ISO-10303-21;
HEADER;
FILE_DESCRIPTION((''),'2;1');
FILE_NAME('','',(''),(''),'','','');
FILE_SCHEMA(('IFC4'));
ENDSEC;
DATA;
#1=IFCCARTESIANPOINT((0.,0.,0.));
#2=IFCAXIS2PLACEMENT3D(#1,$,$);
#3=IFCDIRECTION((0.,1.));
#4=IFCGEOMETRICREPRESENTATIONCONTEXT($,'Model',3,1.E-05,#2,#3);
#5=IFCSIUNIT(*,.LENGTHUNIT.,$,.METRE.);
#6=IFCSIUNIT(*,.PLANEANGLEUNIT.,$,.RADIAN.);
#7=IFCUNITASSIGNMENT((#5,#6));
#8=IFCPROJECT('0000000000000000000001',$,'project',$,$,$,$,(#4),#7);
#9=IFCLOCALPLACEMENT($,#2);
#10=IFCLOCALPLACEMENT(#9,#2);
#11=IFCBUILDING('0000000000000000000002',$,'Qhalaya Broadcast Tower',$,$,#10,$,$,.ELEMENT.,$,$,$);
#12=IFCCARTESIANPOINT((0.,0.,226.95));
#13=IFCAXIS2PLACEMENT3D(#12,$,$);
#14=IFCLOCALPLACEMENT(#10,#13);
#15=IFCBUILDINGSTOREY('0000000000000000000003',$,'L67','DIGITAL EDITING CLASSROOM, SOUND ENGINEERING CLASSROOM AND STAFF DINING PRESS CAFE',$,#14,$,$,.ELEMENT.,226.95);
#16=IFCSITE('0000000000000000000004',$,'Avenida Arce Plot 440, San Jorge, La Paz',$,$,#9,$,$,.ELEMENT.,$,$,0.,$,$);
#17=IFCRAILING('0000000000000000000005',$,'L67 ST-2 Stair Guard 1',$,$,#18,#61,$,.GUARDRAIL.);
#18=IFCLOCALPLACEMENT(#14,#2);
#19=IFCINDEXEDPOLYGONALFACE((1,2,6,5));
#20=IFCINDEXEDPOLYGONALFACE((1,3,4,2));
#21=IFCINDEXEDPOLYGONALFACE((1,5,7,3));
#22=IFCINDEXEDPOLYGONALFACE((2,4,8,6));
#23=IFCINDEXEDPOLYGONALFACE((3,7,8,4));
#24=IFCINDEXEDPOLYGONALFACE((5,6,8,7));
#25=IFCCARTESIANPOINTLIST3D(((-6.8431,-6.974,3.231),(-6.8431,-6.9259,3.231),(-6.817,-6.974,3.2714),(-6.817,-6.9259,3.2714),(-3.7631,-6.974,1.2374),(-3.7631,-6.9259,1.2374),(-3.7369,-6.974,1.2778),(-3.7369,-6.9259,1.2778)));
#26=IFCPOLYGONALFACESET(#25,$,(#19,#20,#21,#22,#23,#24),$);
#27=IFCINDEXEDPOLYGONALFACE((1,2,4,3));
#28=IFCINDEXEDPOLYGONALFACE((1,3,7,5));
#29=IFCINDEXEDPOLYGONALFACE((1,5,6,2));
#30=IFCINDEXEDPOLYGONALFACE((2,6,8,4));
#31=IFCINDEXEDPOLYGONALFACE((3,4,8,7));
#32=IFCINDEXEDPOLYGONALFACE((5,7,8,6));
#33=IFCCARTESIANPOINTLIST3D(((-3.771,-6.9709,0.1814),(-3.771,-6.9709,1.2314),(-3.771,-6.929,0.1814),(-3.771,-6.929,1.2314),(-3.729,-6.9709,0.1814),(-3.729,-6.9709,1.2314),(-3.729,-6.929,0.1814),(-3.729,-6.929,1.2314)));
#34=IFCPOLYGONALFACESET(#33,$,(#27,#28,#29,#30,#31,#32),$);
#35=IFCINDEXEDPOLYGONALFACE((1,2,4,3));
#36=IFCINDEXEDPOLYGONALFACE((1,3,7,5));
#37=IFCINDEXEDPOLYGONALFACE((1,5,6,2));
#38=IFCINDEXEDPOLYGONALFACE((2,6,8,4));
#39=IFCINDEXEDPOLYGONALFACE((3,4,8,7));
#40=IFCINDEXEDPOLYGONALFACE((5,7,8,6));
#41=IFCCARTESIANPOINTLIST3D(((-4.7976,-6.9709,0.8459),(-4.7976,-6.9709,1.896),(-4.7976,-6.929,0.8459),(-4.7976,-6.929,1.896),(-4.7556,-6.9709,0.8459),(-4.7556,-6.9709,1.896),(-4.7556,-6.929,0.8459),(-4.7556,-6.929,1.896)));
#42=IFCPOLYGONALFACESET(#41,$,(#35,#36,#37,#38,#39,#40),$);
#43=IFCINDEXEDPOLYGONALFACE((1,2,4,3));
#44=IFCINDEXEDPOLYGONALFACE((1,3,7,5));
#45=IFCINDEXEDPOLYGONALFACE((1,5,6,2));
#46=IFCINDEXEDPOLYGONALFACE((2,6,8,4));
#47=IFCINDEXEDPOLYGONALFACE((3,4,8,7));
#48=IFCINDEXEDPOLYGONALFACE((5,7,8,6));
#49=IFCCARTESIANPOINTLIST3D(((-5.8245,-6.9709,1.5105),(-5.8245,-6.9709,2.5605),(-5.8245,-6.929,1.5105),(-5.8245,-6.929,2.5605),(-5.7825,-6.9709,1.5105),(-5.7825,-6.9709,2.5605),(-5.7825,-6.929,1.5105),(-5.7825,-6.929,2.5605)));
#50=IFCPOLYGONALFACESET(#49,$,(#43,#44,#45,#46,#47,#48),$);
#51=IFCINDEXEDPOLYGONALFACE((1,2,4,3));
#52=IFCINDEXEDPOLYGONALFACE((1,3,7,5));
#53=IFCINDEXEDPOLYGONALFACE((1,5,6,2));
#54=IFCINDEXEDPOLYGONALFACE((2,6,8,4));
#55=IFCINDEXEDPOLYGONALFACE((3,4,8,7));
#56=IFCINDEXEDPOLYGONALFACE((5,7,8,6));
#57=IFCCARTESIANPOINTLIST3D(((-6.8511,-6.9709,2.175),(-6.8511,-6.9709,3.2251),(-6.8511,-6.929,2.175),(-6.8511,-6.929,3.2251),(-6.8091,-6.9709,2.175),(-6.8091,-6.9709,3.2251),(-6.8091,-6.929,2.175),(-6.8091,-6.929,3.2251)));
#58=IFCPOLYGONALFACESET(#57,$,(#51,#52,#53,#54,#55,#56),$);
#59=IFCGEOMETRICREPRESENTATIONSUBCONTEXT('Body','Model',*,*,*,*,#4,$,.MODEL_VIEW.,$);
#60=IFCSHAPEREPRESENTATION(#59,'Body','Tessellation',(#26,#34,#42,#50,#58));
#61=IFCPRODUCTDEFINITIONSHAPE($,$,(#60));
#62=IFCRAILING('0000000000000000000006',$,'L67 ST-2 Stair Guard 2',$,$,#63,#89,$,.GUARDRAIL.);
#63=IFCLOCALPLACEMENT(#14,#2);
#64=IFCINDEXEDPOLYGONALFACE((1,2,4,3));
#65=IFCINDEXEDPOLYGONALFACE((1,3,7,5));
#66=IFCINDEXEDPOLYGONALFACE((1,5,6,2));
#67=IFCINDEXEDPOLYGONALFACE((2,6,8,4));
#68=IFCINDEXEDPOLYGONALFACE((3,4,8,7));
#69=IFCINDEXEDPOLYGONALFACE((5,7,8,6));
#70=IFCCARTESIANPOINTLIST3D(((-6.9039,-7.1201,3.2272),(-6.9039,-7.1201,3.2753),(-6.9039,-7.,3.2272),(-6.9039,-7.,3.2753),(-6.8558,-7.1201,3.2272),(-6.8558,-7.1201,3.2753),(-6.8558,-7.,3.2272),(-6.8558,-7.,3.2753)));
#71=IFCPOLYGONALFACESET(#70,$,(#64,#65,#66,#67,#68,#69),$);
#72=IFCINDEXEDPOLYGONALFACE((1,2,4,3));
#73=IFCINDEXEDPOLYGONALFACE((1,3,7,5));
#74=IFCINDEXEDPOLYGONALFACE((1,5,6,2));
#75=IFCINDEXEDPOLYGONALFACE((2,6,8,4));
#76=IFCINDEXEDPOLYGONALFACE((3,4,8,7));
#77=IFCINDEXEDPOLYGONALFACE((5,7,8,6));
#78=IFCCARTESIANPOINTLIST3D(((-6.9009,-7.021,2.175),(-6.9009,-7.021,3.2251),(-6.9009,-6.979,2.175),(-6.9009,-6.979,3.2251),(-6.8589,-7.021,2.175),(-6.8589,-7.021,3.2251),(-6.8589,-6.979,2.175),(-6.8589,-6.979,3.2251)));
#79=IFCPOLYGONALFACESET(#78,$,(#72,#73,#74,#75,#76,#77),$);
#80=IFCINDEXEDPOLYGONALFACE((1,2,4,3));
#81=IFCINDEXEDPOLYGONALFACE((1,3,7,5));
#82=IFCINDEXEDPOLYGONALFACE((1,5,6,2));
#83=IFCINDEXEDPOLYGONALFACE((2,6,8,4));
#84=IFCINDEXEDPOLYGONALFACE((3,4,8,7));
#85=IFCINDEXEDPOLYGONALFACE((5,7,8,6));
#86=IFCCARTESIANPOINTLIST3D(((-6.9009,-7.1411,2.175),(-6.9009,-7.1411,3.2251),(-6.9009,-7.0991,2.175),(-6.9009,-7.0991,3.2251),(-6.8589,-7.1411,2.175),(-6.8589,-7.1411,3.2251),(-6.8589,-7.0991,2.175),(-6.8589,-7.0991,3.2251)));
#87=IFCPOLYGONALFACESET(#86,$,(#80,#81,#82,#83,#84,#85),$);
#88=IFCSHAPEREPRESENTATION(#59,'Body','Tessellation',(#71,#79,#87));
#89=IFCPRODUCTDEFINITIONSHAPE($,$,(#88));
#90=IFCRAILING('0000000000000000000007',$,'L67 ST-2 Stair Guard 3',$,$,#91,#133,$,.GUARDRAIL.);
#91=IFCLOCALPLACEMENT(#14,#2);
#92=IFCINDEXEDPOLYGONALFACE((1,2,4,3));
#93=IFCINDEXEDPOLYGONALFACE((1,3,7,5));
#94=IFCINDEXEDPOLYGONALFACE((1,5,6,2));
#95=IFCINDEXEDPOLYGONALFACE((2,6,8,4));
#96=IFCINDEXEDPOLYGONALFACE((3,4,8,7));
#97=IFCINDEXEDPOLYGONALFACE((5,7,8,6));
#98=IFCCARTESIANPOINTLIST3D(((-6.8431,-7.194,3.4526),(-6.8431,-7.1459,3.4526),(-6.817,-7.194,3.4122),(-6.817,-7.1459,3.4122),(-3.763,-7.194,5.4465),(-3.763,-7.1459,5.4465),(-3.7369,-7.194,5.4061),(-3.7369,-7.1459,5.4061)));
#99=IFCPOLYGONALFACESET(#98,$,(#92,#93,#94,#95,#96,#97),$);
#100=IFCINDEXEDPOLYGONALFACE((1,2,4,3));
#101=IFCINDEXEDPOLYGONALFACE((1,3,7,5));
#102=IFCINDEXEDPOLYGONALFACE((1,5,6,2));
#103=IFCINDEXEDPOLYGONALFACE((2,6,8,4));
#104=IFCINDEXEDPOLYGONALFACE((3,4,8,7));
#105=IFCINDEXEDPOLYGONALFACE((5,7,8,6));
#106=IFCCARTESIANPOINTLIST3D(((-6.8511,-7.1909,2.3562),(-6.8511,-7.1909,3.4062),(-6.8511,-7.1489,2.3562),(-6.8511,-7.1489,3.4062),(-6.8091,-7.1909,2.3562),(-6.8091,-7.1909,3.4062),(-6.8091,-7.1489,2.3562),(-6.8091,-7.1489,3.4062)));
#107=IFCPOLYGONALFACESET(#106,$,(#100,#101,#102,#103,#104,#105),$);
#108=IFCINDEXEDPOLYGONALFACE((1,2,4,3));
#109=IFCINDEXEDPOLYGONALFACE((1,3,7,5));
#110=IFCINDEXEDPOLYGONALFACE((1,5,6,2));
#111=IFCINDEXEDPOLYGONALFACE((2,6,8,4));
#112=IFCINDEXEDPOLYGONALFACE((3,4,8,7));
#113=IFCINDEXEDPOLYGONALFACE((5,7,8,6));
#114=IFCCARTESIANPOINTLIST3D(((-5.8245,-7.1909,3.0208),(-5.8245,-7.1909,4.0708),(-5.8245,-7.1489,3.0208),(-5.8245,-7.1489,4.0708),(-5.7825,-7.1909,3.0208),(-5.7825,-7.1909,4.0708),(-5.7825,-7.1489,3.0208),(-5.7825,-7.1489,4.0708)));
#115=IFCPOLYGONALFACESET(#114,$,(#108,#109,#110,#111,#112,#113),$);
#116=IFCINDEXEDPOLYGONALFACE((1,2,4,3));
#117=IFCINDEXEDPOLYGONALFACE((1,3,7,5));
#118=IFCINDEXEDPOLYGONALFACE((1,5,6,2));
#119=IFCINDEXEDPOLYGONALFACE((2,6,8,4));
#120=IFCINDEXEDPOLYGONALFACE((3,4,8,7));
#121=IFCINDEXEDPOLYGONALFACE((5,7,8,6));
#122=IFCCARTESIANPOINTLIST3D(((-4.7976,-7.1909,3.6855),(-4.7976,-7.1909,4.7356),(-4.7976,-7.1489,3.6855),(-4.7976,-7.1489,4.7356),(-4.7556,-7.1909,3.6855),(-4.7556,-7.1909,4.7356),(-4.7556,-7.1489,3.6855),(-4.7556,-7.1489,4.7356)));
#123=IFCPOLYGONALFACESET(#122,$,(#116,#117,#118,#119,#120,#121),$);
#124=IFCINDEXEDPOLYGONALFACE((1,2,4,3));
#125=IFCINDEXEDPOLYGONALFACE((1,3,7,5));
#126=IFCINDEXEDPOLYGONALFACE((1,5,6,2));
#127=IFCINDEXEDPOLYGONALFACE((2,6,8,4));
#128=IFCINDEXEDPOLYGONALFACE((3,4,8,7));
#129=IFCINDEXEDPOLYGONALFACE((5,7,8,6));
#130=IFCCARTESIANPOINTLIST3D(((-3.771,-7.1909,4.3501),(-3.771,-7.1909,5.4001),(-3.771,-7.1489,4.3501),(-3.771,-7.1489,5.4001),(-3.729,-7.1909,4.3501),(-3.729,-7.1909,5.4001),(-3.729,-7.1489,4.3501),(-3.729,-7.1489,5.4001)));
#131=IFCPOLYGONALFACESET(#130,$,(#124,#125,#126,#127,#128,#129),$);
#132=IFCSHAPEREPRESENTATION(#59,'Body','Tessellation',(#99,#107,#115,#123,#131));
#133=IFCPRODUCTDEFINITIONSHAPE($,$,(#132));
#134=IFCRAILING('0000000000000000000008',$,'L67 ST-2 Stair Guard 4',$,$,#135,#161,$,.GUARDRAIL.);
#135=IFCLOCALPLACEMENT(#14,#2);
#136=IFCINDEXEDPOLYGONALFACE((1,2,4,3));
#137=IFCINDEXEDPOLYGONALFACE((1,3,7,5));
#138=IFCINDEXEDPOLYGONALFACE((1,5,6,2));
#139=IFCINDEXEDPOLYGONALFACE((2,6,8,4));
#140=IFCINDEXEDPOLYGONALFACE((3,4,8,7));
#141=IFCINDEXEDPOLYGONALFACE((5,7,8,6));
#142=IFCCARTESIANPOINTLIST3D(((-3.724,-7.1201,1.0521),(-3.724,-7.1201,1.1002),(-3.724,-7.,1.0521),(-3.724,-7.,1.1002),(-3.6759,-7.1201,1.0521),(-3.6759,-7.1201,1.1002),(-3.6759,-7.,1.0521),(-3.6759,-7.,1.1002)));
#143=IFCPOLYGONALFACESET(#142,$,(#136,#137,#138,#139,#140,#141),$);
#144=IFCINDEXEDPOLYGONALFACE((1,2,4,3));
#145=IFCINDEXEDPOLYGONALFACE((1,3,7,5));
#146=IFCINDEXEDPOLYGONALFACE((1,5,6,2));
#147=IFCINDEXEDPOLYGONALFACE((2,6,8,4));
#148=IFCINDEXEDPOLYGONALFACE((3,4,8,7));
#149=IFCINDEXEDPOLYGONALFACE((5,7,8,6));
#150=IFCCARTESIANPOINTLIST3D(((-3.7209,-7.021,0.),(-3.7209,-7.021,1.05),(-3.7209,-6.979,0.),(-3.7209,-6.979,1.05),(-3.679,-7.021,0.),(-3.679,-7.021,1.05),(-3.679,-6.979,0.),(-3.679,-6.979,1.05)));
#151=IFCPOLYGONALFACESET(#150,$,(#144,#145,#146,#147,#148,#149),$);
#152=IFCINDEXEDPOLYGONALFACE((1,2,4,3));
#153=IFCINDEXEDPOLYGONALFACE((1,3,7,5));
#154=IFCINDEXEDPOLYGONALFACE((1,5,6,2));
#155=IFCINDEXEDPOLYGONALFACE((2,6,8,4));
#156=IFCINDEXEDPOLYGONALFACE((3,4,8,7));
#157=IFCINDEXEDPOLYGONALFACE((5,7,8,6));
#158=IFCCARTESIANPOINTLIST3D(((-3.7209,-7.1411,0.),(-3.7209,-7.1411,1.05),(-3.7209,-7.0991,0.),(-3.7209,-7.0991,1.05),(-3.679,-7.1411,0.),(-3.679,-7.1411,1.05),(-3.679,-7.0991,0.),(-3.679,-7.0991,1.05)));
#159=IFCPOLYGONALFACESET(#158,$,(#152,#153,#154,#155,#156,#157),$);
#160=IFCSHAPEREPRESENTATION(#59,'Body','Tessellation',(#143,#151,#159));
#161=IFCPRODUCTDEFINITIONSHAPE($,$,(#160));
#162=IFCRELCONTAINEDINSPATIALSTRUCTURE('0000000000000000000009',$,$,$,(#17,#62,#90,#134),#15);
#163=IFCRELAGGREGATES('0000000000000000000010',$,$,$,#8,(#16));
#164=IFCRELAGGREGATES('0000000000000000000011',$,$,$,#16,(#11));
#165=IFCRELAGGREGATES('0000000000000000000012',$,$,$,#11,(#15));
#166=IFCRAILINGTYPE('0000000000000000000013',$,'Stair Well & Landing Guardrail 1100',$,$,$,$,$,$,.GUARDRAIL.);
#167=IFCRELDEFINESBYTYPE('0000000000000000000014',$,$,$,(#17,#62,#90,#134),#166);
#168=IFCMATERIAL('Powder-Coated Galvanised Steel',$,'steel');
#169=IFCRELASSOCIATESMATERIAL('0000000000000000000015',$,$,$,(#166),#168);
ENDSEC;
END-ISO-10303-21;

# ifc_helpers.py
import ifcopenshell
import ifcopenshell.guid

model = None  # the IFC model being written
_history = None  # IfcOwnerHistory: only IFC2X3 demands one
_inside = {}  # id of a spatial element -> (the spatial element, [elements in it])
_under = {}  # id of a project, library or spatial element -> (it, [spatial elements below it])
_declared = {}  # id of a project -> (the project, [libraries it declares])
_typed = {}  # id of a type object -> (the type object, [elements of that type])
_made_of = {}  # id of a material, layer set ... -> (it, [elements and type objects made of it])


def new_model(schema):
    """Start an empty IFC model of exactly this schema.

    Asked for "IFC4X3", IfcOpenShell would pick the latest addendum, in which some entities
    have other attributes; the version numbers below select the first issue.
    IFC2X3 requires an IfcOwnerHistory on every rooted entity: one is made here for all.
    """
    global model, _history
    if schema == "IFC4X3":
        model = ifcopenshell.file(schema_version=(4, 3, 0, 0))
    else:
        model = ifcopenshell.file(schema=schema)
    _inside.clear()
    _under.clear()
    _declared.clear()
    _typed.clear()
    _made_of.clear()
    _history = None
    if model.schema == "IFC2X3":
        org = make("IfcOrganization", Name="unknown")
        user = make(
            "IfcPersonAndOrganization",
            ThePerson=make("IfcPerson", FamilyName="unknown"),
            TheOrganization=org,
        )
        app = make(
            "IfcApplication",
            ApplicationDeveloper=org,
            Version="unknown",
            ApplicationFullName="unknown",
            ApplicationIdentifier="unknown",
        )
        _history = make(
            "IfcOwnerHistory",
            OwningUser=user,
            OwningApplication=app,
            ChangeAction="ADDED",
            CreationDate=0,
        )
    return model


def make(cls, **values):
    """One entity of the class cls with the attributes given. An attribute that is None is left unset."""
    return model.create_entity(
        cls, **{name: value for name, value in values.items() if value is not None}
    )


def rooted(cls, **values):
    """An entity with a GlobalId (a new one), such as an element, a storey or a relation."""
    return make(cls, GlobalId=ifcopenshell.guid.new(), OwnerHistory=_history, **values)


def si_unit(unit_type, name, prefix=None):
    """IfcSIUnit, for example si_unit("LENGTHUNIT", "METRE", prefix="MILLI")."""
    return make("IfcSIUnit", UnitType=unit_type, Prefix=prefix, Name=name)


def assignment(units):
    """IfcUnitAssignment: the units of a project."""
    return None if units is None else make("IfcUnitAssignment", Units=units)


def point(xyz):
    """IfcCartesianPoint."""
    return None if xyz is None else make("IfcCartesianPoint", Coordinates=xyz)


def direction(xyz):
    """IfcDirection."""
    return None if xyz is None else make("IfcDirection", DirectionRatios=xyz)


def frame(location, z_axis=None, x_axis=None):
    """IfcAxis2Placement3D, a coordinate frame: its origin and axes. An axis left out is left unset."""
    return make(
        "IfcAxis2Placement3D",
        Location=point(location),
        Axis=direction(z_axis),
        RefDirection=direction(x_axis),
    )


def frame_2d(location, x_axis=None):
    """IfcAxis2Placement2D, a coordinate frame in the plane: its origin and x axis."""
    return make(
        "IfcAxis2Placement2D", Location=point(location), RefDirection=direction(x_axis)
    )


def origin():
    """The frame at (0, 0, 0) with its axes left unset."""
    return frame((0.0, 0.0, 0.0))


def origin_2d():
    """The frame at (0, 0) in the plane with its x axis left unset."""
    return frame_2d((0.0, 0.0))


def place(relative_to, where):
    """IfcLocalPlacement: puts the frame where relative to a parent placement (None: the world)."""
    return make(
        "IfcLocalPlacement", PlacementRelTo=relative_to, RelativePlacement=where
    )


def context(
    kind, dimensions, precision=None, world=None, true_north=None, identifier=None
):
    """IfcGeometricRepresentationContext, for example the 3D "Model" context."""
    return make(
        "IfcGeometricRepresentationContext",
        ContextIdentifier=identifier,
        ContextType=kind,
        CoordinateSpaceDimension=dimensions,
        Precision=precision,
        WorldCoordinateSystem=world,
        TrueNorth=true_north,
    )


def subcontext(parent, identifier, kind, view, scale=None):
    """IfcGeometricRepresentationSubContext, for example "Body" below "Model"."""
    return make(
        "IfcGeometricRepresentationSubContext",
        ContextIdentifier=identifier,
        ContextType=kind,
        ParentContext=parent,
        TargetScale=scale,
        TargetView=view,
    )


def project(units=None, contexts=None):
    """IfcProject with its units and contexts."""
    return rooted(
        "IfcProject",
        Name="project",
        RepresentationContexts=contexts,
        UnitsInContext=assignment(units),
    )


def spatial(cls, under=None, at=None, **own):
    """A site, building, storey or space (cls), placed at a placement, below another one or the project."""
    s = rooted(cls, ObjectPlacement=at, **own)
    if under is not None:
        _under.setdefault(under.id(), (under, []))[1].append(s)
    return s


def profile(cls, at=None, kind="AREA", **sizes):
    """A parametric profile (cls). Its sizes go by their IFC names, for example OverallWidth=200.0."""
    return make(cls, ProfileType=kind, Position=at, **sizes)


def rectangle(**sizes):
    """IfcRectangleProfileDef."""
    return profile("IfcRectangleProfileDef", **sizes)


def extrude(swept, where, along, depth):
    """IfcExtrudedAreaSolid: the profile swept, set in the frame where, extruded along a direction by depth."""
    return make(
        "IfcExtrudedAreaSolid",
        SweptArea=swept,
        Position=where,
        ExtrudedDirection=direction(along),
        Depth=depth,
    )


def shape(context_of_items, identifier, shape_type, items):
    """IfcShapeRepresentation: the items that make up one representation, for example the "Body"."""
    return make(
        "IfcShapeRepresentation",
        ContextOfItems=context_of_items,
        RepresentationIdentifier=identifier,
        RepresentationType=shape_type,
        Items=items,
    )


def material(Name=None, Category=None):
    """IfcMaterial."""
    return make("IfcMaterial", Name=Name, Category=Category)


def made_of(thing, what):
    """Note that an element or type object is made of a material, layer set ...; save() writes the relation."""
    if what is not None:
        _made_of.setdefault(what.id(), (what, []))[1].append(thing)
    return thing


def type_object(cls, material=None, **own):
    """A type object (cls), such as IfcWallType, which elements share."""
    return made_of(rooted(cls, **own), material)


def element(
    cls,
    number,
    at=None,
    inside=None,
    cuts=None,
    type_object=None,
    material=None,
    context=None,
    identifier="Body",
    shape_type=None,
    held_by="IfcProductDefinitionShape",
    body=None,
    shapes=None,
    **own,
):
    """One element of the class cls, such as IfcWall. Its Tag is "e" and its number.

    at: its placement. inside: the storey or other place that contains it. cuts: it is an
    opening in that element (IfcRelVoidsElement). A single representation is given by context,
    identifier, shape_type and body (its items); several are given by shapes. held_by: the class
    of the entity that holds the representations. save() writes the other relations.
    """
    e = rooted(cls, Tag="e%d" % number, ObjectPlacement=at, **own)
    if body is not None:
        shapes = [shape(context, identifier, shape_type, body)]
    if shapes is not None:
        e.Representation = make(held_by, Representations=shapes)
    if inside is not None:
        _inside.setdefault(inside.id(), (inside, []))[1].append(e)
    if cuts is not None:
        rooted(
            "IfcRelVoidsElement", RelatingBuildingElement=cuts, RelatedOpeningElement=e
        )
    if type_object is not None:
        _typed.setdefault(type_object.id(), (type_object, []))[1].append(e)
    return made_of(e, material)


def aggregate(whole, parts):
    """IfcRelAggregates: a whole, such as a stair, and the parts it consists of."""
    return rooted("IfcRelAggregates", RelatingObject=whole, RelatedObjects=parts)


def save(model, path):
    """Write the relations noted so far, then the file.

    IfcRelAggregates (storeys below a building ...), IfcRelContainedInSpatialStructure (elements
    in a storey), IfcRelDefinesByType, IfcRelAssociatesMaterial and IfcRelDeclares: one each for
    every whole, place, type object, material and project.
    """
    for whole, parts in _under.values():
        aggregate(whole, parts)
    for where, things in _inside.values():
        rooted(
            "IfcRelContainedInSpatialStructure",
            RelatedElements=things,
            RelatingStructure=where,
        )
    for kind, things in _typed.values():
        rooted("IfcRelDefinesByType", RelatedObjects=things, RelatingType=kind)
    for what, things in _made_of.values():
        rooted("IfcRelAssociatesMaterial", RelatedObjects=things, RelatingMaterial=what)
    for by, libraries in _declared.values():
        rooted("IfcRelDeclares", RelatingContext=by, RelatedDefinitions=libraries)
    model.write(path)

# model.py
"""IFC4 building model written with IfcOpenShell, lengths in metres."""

from ifc_helpers import new_model, si_unit, direction, frame, origin, origin_2d, place, context, subcontext, project, spatial, rectangle, extrude, material, type_object, element, save


model = new_model("IFC4")

# Units and contexts
model_context = context("Model", 3, precision=1e-05, world=origin(), true_north=direction((0.0, 1.0)))
body_context = subcontext(model_context, "Body", "Model", "MODEL_VIEW")
ifc_project = project(units=[si_unit("LENGTHUNIT", "METRE"), si_unit("PLANEANGLEUNIT", "RADIAN")], contexts=[model_context])

# Site, building, storey
site_placement = place(None, origin())
site = spatial("IfcSite", under=ifc_project, at=site_placement, Name="Avenida Arce Plot 440, San Jorge, La Paz", CompositionType="ELEMENT", RefElevation=0.0)
building_placement = place(site_placement, origin())
building = spatial("IfcBuilding", under=site, at=building_placement, Name="Qhalaya Broadcast Tower", CompositionType="ELEMENT")
storey_placement = place(building_placement, frame((0.0, 0.0, 226.95)))
storey = spatial("IfcBuildingStorey", under=building, at=storey_placement, Name="L67", Description="DIGITAL EDITING CLASSROOM, SOUND ENGINEERING CLASSROOM AND STAFF DINING PRESS CAFE", CompositionType="ELEMENT", Elevation=226.95)

# Railings
ifc_material_1 = material(Name="Powder-Coated Galvanised Steel", Category="steel")
railing_type_1 = type_object("IfcRailingType", Name="Stair Well & Landing Guardrail 1100", PredefinedType="GUARDRAIL", material=ifc_material_1)
railing_1_placement = place(storey_placement, frame((-3.75, -6.95, 0.1814)))
element("IfcRailing", 1, at=railing_1_placement, inside=storey, type_object=railing_type_1, Name="L67 ST-2 Stair Guard 1", PredefinedType="GUARDRAIL", context=body_context, shape_type="SweptSolid", body=[
    extrude(rectangle(XDim=0.0481, YDim=0.0481, at=origin_2d()), frame((0.0, 0.0, 1.0762), z_axis=(-0.839488, 0.0, 0.543378), x_axis=(0.0, -1.0, 0.0)), (0.0, 0.0, 1.0), 3.6689),
    extrude(rectangle(XDim=0.042, YDim=0.042, at=origin_2d()), origin(), (0.0, 0.0, 1.0), 1.05),
    extrude(rectangle(XDim=0.042, YDim=0.042, at=origin_2d()), frame((-1.0266, 0.0, 0.6646)), (0.0, 0.0, 1.0), 1.05),
    extrude(rectangle(XDim=0.042, YDim=0.042, at=origin_2d()), frame((-2.0535, 0.0, 1.3291)), (0.0, 0.0, 1.0), 1.05),
    extrude(rectangle(XDim=0.042, YDim=0.042, at=origin_2d()), frame((-3.0801, 0.0, 1.9937)), (0.0, 0.0, 1.0), 1.05),
])
railing_2_placement = place(storey_placement, frame((-6.8799, -7.0, 2.175)))
element("IfcRailing", 2, at=railing_2_placement, inside=storey, type_object=railing_type_1, Name="L67 ST-2 Stair Guard 2", PredefinedType="GUARDRAIL", context=body_context, shape_type="SweptSolid", body=[
    extrude(rectangle(XDim=0.0481, YDim=0.0481, at=origin_2d()), frame((0.0, 0.0, 1.0762), z_axis=(0.0, -1.0, 0.0), x_axis=(1.0, 0.0, 0.0)), (0.0, 0.0, 1.0), 0.1201),
    extrude(rectangle(XDim=0.042, YDim=0.042, at=origin_2d()), origin(), (0.0, 0.0, 1.0), 1.05),
    extrude(rectangle(XDim=0.042, YDim=0.042, at=origin_2d()), frame((0.0, -0.1201, 0.0)), (0.0, 0.0, 1.0), 1.05),
])
railing_3_placement = place(storey_placement, frame((-6.8301, -7.1699, 2.3562)))
element("IfcRailing", 3, at=railing_3_placement, inside=storey, type_object=railing_type_1, Name="L67 ST-2 Stair Guard 3", PredefinedType="GUARDRAIL", context=body_context, shape_type="SweptSolid", body=[
    extrude(rectangle(XDim=0.0481, YDim=0.0481, at=origin_2d()), frame((0.0, 0.0, 1.0762), z_axis=(0.839458, 0.0, 0.543425), x_axis=(0.0, 1.0, 0.0)), (0.0, 0.0, 1.0), 3.6692),
    extrude(rectangle(XDim=0.042, YDim=0.042, at=origin_2d()), origin(), (0.0, 0.0, 1.0), 1.05),
    extrude(rectangle(XDim=0.042, YDim=0.042, at=origin_2d()), frame((1.0266, 0.0, 0.6646)), (0.0, 0.0, 1.0), 1.05),
    extrude(rectangle(XDim=0.042, YDim=0.042, at=origin_2d()), frame((2.0535, 0.0, 1.3293)), (0.0, 0.0, 1.0), 1.05),
    extrude(rectangle(XDim=0.042, YDim=0.042, at=origin_2d()), frame((3.0801, 0.0, 1.9939)), (0.0, 0.0, 1.0), 1.05),
])
railing_4_placement = place(storey_placement, frame((-3.7, -7.0, 0.0)))
element("IfcRailing", 4, at=railing_4_placement, inside=storey, type_object=railing_type_1, Name="L67 ST-2 Stair Guard 4", PredefinedType="GUARDRAIL", context=body_context, shape_type="SweptSolid", body=[
    extrude(rectangle(XDim=0.0481, YDim=0.0481, at=origin_2d()), frame((0.0, 0.0, 1.0762), z_axis=(0.0, -1.0, 0.0), x_axis=(1.0, 0.0, 0.0)), (0.0, 0.0, 1.0), 0.1201),
    extrude(rectangle(XDim=0.042, YDim=0.042, at=origin_2d()), origin(), (0.0, 0.0, 1.0), 1.05),
    extrude(rectangle(XDim=0.042, YDim=0.042, at=origin_2d()), frame((0.0, -0.1201, 0.0)), (0.0, 0.0, 1.0), 1.05),
])

save(model, "model.ifc")
